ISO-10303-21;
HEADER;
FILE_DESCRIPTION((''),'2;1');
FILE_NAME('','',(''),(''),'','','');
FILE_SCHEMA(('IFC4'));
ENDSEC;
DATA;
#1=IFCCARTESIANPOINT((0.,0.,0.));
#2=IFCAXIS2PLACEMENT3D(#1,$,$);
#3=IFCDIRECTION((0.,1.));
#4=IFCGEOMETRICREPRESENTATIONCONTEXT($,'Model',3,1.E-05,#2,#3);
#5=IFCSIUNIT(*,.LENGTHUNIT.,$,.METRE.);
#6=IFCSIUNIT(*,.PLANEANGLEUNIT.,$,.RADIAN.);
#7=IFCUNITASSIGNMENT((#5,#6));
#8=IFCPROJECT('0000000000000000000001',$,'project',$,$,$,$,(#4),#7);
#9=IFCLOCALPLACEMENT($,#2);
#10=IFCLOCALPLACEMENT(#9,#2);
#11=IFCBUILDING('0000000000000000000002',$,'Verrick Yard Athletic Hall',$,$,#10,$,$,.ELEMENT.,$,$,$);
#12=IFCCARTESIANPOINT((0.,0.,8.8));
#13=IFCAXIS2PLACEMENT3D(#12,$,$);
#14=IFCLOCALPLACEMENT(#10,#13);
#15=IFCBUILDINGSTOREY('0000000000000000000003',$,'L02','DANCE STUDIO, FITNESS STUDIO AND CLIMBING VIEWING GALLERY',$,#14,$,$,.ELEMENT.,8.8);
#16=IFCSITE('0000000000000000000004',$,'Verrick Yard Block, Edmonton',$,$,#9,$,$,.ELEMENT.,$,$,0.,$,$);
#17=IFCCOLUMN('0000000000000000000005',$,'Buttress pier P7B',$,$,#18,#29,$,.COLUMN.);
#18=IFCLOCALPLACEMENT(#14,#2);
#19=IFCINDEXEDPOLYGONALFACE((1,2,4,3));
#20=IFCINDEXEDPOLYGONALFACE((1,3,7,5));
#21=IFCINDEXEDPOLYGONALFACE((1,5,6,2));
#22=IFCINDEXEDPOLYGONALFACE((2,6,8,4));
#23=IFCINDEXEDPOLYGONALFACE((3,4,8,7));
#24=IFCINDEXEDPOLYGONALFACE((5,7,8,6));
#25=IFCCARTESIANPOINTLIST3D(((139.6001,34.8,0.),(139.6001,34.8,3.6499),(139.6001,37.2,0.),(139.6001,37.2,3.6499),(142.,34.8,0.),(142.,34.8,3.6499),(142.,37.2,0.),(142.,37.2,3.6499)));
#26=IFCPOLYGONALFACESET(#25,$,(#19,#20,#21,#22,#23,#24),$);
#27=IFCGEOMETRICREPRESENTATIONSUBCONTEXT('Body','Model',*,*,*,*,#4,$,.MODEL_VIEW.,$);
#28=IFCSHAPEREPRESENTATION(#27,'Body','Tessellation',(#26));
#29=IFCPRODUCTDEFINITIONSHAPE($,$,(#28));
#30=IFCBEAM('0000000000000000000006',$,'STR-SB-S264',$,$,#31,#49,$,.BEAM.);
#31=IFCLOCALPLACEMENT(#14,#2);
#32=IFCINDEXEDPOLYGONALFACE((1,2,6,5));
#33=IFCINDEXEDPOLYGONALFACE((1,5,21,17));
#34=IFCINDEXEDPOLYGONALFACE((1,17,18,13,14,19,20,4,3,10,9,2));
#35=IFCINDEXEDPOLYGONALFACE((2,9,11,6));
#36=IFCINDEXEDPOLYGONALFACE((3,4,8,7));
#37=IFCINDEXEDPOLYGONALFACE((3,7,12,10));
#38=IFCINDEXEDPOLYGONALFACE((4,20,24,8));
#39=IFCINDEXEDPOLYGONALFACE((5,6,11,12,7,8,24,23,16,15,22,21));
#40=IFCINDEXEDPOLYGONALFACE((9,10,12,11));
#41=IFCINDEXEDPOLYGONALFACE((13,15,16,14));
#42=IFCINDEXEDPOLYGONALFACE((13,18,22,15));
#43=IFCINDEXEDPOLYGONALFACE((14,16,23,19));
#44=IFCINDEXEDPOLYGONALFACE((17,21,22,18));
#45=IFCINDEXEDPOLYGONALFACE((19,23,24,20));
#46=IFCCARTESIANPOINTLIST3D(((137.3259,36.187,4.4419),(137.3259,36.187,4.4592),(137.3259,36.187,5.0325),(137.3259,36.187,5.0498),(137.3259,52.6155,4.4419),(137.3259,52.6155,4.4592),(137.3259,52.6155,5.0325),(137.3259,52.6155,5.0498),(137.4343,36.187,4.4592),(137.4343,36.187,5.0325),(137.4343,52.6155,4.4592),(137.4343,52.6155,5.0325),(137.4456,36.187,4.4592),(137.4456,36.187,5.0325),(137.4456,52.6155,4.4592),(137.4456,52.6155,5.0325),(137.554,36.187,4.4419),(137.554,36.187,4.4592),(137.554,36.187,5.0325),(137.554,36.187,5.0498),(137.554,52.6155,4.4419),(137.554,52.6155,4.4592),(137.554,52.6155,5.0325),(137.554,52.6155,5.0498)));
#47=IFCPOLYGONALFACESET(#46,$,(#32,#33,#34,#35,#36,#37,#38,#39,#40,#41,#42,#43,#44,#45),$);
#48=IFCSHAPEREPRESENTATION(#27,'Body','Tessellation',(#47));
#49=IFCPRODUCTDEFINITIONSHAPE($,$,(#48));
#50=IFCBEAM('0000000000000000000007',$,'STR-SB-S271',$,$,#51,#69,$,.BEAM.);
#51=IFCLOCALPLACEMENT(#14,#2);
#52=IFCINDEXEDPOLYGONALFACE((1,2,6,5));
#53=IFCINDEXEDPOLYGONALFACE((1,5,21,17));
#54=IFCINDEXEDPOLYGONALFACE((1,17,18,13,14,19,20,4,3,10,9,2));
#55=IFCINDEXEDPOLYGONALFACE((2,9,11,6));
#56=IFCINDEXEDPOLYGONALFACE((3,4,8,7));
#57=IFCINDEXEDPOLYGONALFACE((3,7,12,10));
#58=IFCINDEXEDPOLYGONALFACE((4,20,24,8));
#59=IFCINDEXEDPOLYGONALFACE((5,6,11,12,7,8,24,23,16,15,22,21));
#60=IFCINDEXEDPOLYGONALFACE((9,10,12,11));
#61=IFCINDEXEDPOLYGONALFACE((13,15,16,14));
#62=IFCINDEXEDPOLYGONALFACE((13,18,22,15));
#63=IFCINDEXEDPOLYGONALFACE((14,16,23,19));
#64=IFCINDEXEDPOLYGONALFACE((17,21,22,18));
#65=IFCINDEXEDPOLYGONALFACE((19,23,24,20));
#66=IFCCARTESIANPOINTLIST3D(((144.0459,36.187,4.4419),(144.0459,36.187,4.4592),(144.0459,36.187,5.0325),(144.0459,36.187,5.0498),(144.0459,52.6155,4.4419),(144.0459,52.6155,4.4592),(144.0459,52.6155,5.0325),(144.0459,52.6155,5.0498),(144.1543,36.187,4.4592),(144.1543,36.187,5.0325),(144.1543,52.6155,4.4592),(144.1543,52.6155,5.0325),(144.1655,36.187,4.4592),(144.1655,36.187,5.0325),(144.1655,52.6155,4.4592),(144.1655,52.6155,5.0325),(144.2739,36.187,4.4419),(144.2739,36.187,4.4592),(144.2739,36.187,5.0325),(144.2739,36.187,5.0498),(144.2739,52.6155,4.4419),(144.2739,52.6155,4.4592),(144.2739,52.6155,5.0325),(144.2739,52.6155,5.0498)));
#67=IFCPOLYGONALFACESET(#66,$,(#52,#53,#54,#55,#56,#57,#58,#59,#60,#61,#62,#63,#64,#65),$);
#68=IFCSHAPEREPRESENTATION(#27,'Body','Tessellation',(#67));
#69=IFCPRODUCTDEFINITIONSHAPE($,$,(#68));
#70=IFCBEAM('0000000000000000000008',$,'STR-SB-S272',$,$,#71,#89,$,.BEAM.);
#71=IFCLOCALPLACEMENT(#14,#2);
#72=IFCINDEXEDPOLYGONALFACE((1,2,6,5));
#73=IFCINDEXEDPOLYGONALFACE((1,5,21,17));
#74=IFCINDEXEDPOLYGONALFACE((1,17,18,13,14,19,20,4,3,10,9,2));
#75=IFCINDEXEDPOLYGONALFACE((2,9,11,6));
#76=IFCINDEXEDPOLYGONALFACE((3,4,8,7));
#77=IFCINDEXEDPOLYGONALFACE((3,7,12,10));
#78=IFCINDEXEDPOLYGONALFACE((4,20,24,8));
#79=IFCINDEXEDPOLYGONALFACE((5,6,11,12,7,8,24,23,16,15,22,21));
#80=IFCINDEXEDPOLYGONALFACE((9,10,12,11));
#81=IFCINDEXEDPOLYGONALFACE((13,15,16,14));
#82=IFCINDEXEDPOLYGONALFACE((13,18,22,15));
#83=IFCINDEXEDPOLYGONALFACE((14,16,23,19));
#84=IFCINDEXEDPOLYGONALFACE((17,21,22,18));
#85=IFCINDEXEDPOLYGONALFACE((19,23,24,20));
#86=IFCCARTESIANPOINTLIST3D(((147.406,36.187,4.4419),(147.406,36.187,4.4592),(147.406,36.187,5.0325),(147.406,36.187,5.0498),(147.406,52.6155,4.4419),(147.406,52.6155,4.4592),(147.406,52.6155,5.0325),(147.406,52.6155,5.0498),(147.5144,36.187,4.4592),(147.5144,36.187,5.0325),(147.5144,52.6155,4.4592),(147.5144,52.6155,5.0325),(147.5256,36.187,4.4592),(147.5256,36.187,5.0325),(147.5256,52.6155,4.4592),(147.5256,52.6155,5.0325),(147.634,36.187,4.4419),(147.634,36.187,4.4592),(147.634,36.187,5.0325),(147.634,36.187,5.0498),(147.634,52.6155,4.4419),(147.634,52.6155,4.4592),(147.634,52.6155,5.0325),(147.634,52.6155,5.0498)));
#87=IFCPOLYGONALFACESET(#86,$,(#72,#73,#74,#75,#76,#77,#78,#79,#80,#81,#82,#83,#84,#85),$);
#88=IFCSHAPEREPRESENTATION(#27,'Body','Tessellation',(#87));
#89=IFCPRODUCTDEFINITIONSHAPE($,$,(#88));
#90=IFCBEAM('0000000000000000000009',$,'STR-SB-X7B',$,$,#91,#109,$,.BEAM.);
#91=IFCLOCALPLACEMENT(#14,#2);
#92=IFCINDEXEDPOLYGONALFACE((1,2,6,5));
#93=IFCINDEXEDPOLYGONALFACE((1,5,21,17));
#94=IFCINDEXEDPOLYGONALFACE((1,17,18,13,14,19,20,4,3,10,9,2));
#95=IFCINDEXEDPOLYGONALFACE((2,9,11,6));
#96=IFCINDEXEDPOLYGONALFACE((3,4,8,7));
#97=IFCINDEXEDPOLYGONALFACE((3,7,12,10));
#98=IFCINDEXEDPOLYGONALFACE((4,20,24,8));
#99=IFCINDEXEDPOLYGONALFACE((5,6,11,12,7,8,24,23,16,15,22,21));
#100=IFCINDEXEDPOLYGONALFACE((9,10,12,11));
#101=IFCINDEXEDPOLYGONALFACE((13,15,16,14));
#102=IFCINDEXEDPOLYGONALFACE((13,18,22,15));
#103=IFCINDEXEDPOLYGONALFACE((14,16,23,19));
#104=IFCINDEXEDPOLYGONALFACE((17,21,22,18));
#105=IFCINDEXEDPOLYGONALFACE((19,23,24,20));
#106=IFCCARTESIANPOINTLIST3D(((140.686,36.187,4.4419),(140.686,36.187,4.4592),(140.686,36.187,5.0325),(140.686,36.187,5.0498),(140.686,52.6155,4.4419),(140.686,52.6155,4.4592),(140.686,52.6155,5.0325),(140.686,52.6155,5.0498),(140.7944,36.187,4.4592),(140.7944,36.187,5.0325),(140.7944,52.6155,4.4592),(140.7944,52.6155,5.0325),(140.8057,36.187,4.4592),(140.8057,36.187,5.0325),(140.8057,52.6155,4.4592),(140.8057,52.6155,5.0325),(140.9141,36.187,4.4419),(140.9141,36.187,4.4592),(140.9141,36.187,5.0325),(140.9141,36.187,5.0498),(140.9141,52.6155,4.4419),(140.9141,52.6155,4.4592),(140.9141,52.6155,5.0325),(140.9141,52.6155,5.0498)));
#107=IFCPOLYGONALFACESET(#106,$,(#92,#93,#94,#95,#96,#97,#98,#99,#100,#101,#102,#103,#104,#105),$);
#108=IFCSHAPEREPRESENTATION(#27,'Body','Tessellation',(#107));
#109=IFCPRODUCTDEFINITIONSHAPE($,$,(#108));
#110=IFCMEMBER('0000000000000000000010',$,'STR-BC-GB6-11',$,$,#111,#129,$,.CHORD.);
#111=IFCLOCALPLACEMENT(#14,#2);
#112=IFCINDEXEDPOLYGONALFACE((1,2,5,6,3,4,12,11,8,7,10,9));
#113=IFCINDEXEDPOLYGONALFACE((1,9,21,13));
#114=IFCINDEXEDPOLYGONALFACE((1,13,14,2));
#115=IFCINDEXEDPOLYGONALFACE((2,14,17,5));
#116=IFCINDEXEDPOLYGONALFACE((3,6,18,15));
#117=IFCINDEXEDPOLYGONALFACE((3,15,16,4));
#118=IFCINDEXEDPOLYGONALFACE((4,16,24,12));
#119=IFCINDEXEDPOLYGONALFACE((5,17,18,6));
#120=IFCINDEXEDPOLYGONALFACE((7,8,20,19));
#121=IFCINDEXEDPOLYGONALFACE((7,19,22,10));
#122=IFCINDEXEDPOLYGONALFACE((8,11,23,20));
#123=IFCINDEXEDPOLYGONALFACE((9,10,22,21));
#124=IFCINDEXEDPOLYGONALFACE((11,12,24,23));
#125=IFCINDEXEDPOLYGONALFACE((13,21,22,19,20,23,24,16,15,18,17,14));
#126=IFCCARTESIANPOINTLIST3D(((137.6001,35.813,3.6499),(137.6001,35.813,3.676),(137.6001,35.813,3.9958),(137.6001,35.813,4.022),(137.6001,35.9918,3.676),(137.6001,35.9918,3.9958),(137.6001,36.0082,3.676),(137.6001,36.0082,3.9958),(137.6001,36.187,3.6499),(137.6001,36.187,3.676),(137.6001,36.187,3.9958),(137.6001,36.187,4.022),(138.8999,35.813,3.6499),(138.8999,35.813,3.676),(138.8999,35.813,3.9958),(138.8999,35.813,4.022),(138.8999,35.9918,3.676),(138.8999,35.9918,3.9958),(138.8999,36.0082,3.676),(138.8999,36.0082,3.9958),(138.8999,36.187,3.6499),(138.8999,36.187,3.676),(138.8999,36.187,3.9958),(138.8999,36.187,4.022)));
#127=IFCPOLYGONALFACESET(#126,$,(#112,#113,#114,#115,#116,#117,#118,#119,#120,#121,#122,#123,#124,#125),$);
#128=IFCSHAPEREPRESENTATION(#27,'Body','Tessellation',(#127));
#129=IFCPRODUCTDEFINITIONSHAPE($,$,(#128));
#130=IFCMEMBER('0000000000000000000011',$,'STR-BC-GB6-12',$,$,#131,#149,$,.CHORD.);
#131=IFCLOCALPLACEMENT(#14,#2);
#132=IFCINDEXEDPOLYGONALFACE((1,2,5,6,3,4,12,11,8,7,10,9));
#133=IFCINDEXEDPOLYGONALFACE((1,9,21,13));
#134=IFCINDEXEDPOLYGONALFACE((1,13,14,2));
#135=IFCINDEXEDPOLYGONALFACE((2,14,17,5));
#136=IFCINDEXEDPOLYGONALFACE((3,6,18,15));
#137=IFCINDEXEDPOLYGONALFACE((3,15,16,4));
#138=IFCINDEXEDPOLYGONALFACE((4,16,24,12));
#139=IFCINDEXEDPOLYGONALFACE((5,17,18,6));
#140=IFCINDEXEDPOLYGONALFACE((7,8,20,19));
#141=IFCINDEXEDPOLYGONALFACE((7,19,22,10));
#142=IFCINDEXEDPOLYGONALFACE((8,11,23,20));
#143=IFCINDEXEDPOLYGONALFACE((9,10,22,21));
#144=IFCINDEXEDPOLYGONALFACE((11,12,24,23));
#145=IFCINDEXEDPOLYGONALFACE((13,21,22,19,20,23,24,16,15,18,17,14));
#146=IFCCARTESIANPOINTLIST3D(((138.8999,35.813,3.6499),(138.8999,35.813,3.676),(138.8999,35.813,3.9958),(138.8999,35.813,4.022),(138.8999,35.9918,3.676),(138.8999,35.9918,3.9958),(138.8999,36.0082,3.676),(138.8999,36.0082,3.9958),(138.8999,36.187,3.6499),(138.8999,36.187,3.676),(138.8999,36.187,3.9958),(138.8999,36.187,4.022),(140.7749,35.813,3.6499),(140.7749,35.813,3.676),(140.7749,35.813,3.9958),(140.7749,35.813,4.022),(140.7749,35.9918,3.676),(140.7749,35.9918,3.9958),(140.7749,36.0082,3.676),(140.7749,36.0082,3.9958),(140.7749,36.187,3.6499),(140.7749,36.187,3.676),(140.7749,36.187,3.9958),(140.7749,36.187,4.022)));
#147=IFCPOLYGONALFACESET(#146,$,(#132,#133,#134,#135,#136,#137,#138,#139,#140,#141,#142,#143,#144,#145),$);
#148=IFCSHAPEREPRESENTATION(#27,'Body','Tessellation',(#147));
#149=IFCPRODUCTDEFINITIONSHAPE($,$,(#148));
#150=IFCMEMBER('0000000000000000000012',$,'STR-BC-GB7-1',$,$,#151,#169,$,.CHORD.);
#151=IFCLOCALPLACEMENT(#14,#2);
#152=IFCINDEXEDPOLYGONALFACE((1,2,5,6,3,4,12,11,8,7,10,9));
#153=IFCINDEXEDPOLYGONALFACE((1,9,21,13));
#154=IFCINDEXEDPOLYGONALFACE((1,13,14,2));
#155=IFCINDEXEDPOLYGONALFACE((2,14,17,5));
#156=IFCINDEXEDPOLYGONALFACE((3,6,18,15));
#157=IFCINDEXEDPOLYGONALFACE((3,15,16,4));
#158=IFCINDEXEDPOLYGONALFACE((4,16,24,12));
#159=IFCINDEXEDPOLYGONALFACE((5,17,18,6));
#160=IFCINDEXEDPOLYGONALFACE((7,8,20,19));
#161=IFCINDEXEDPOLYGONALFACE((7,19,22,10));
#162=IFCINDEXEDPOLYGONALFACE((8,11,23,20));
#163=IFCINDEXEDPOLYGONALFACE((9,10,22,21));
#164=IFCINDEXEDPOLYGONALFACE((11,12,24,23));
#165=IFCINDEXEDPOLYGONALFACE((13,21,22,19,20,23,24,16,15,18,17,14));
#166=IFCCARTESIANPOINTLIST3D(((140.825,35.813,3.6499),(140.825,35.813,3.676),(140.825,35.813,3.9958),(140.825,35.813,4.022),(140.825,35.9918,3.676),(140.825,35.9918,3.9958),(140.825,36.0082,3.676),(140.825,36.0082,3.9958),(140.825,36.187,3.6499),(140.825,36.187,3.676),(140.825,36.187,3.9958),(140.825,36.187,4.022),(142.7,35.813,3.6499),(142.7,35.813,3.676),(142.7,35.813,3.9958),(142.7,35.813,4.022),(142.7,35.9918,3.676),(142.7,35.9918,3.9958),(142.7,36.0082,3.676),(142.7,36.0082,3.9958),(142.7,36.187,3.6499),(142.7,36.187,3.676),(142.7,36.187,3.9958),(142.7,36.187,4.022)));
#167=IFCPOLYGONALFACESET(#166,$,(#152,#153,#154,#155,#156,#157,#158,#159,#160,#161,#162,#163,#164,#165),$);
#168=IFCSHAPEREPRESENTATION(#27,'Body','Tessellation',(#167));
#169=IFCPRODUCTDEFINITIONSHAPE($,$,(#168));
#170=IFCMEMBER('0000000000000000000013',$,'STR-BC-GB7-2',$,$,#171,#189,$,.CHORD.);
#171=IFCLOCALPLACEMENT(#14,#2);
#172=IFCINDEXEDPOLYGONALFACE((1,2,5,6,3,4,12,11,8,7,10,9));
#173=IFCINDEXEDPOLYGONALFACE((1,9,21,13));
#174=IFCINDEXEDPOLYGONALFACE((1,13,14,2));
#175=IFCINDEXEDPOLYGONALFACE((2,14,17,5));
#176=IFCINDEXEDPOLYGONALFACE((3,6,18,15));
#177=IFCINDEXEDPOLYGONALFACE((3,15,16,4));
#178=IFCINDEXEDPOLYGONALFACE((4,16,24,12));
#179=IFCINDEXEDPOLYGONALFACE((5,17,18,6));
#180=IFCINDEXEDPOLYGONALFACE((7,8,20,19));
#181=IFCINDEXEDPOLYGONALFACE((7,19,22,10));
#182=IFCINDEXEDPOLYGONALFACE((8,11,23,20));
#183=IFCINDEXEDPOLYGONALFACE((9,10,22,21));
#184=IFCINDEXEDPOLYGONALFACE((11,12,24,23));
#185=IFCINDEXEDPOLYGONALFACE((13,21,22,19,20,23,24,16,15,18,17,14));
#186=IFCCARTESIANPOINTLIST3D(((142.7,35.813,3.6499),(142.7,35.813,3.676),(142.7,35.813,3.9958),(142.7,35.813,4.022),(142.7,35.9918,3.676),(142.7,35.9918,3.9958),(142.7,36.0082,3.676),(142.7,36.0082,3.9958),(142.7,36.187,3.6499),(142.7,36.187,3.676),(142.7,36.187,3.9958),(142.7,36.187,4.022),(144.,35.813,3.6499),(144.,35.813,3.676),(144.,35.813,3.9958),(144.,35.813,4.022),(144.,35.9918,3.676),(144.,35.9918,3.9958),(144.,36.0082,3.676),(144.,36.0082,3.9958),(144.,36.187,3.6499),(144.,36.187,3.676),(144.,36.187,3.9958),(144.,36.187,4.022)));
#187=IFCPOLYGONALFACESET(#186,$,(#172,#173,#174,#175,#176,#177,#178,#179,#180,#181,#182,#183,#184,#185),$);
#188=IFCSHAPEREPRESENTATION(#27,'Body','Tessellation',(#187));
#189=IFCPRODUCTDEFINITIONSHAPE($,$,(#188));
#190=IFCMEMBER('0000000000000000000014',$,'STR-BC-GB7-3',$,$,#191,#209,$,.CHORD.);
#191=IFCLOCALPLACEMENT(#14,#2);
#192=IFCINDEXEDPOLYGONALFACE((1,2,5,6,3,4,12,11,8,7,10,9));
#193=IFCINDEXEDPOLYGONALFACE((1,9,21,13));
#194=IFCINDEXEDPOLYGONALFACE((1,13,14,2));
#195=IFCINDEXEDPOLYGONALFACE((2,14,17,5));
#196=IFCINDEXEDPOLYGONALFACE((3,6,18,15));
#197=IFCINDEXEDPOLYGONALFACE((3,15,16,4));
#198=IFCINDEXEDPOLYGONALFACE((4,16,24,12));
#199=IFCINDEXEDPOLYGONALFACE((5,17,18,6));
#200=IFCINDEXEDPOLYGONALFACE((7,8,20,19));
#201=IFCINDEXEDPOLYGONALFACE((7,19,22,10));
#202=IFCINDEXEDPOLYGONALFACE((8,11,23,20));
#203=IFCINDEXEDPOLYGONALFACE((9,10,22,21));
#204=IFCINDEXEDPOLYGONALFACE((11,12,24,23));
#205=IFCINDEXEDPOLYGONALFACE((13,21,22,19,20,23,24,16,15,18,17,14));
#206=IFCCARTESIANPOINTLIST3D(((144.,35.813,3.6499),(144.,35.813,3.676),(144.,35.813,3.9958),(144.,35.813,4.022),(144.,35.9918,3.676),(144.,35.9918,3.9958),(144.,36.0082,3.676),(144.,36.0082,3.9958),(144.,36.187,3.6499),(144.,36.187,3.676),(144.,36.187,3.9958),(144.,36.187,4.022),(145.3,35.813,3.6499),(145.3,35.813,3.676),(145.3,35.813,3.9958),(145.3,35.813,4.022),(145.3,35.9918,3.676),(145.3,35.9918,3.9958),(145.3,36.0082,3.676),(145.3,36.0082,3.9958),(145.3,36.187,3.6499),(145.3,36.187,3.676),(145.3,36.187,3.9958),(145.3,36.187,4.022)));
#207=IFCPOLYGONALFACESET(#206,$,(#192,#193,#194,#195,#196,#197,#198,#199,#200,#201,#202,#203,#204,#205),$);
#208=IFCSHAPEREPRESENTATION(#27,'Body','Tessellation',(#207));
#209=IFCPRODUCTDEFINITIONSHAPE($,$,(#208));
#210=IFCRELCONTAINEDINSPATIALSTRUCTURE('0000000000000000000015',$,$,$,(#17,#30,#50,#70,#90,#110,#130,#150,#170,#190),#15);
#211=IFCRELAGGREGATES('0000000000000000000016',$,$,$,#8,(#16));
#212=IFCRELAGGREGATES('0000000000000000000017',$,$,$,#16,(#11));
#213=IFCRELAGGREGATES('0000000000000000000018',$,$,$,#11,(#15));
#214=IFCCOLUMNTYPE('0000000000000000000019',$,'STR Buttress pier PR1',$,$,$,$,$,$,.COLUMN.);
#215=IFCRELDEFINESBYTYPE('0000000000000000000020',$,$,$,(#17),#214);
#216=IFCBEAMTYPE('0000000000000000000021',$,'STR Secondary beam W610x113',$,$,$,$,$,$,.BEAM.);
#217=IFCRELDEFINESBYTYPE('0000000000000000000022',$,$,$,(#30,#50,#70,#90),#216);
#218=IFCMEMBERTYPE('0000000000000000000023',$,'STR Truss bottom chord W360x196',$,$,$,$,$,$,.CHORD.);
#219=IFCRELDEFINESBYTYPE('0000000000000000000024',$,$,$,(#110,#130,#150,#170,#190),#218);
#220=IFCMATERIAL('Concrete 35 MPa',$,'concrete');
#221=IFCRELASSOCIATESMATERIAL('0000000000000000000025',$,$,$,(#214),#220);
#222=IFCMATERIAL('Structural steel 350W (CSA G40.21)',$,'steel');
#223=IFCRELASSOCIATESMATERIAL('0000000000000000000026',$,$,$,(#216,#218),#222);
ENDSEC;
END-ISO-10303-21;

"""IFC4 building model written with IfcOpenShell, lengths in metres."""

from ifc_helpers import new_model, si_unit, direction, frame, origin, origin_2d, place, context, subcontext, project, spatial, rectangle, i_section, extrude, material, material_profile, profile_set, type_object, element, save


model = new_model("IFC4")

# Units and contexts
model_context = context("Model", 3, precision=1e-05, world=origin(), true_north=direction((0.0, 1.0)))
body_context = subcontext(model_context, "Body", "Model", "MODEL_VIEW")
ifc_project = project(units=[si_unit("LENGTHUNIT", "METRE"), si_unit("PLANEANGLEUNIT", "RADIAN")], contexts=[model_context])

# Site, building, storey
site_placement = place(None, origin())
site = spatial("IfcSite", under=ifc_project, at=site_placement, Name="Verrick Yard Block, Edmonton", CompositionType="ELEMENT", RefElevation=0.0)
building_placement = place(site_placement, origin())
building = spatial("IfcBuilding", under=site, at=building_placement, Name="Verrick Yard Athletic Hall", CompositionType="ELEMENT")
storey_placement = place(building_placement, frame((0.0, 0.0, 8.8)))
storey = spatial("IfcBuildingStorey", under=building, at=storey_placement, Name="L02", Description="DANCE STUDIO, FITNESS STUDIO AND CLIMBING VIEWING GALLERY", CompositionType="ELEMENT", Elevation=8.8)

# Column
ifc_material_1 = material(Name="Concrete 35 MPa", Category="concrete")
ifc_material_profile_1 = material_profile(ifc_material_1, rectangle(XDim=2.3999, YDim=2.3999, at=origin_2d()), Name="STR Buttress pier PR1")
ifc_profile_set_1 = profile_set([ifc_material_profile_1], Name="Concrete 35 MPa")
column_type = type_object("IfcColumnType", Name="STR Buttress pier PR1", PredefinedType="COLUMN", material=ifc_profile_set_1)
column_placement = place(storey_placement, frame((140.8, 36.0, 0.0), z_axis=(0.0, 0.0, 1.0), x_axis=(1.0, 0.0, 0.0)))
element("IfcColumn", 1, at=column_placement, inside=storey, type_object=column_type, Name="Buttress pier P7B", PredefinedType="COLUMN", context=body_context, shape_type="SweptSolid", body=[
    extrude(rectangle(XDim=2.3999, YDim=2.3999, at=origin_2d()), origin(), (0.0, 0.0, 1.0), 3.6499),
])

# Beams
ifc_material_2 = material(Name="Structural steel 350W (CSA G40.21)", Category="steel")
ifc_material_profile_2 = material_profile(ifc_material_2, i_section(OverallWidth=0.228, OverallDepth=0.6079, WebThickness=0.0112, FlangeThickness=0.0173, at=origin_2d()), Name="W610x113")
ifc_profile_set_2 = profile_set([ifc_material_profile_2], Name="Structural steel 350W (CSA G40.21)")
beam_type = type_object("IfcBeamType", Name="STR Secondary beam W610x113", PredefinedType="BEAM", material=ifc_profile_set_2)
for number, where, z_axis, x_axis, name in (
    (2, (137.4399, 36.187, 4.7458), (0.0, 1.0, 0.0), (-1.0, 0.0, 0.0), "STR-SB-S264"),
    (3, (144.1599, 36.187, 4.7458), (0.0, 1.0, 0.0), (-1.0, 0.0, 0.0), "STR-SB-S271"),
    (4, (147.52, 36.187, 4.7458), (0.0, 1.0, 0.0), (-1.0, 0.0, 0.0), "STR-SB-S272"),
    (5, (140.8, 36.187, 4.7458), (0.0, 1.0, 0.0), (-1.0, 0.0, 0.0), "STR-SB-X7B"),
):
    element("IfcBeam", number, at=place(storey_placement, frame(where, z_axis=z_axis, x_axis=x_axis)), inside=storey, type_object=beam_type, Name=name, PredefinedType="BEAM", context=body_context, shape_type="SweptSolid", body=[
        extrude(i_section(OverallWidth=0.228, OverallDepth=0.6079, WebThickness=0.0112, FlangeThickness=0.0173, at=origin_2d()), origin(), (0.0, 0.0, 1.0), 16.4285),
    ])

# Members
ifc_material_profile_3 = material_profile(ifc_material_2, i_section(OverallWidth=0.374, OverallDepth=0.3721, WebThickness=0.0164, FlangeThickness=0.0261, at=origin_2d()), Name="W360x196")
ifc_profile_set_3 = profile_set([ifc_material_profile_3], Name="Structural steel 350W (CSA G40.21)")
member_type_1 = type_object("IfcMemberType", Name="STR Truss bottom chord W360x196", PredefinedType="CHORD", material=ifc_profile_set_3)
member_1_placement = place(storey_placement, frame((137.6001, 36.0, 3.8359), z_axis=(1.0, 0.0, 0.0), x_axis=(0.0, 1.0, 0.0)))
element("IfcMember", 6, at=member_1_placement, inside=storey, type_object=member_type_1, Name="STR-BC-GB6-11", PredefinedType="CHORD", context=body_context, shape_type="SweptSolid", body=[
    extrude(i_section(OverallWidth=0.374, OverallDepth=0.3721, WebThickness=0.0164, FlangeThickness=0.0261, at=origin_2d()), origin(), (0.0, 0.0, 1.0), 1.2998),
])
for number, where, z_axis, x_axis, name in (
    (7, (138.8999, 36.0, 3.8359), (1.0, 0.0, 0.0), (0.0, 1.0, 0.0), "STR-BC-GB6-12"),
    (8, (140.825, 36.0, 3.8359), (1.0, 0.0, 0.0), (0.0, 1.0, 0.0), "STR-BC-GB7-1"),
):
    element("IfcMember", number, at=place(storey_placement, frame(where, z_axis=z_axis, x_axis=x_axis)), inside=storey, type_object=member_type_1, Name=name, PredefinedType="CHORD", context=body_context, shape_type="SweptSolid", body=[
        extrude(i_section(OverallWidth=0.374, OverallDepth=0.3721, WebThickness=0.0164, FlangeThickness=0.0261, at=origin_2d()), origin(), (0.0, 0.0, 1.0), 1.875),
    ])
for number, where, z_axis, x_axis, name in (
    (9, (142.7, 36.0, 3.8359), (1.0, 0.0, 0.0), (0.0, 1.0, 0.0), "STR-BC-GB7-2"),
    (10, (144.0, 36.0, 3.8359), (1.0, 0.0, 0.0), (0.0, 1.0, 0.0), "STR-BC-GB7-3"),
):
    element("IfcMember", number, at=place(storey_placement, frame(where, z_axis=z_axis, x_axis=x_axis)), inside=storey, type_object=member_type_1, Name=name, PredefinedType="CHORD", context=body_context, shape_type="SweptSolid", body=[
        extrude(i_section(OverallWidth=0.374, OverallDepth=0.3721, WebThickness=0.0164, FlangeThickness=0.0261, at=origin_2d()), origin(), (0.0, 0.0, 1.0), 1.3),
    ])

save(model, "model.ifc")
